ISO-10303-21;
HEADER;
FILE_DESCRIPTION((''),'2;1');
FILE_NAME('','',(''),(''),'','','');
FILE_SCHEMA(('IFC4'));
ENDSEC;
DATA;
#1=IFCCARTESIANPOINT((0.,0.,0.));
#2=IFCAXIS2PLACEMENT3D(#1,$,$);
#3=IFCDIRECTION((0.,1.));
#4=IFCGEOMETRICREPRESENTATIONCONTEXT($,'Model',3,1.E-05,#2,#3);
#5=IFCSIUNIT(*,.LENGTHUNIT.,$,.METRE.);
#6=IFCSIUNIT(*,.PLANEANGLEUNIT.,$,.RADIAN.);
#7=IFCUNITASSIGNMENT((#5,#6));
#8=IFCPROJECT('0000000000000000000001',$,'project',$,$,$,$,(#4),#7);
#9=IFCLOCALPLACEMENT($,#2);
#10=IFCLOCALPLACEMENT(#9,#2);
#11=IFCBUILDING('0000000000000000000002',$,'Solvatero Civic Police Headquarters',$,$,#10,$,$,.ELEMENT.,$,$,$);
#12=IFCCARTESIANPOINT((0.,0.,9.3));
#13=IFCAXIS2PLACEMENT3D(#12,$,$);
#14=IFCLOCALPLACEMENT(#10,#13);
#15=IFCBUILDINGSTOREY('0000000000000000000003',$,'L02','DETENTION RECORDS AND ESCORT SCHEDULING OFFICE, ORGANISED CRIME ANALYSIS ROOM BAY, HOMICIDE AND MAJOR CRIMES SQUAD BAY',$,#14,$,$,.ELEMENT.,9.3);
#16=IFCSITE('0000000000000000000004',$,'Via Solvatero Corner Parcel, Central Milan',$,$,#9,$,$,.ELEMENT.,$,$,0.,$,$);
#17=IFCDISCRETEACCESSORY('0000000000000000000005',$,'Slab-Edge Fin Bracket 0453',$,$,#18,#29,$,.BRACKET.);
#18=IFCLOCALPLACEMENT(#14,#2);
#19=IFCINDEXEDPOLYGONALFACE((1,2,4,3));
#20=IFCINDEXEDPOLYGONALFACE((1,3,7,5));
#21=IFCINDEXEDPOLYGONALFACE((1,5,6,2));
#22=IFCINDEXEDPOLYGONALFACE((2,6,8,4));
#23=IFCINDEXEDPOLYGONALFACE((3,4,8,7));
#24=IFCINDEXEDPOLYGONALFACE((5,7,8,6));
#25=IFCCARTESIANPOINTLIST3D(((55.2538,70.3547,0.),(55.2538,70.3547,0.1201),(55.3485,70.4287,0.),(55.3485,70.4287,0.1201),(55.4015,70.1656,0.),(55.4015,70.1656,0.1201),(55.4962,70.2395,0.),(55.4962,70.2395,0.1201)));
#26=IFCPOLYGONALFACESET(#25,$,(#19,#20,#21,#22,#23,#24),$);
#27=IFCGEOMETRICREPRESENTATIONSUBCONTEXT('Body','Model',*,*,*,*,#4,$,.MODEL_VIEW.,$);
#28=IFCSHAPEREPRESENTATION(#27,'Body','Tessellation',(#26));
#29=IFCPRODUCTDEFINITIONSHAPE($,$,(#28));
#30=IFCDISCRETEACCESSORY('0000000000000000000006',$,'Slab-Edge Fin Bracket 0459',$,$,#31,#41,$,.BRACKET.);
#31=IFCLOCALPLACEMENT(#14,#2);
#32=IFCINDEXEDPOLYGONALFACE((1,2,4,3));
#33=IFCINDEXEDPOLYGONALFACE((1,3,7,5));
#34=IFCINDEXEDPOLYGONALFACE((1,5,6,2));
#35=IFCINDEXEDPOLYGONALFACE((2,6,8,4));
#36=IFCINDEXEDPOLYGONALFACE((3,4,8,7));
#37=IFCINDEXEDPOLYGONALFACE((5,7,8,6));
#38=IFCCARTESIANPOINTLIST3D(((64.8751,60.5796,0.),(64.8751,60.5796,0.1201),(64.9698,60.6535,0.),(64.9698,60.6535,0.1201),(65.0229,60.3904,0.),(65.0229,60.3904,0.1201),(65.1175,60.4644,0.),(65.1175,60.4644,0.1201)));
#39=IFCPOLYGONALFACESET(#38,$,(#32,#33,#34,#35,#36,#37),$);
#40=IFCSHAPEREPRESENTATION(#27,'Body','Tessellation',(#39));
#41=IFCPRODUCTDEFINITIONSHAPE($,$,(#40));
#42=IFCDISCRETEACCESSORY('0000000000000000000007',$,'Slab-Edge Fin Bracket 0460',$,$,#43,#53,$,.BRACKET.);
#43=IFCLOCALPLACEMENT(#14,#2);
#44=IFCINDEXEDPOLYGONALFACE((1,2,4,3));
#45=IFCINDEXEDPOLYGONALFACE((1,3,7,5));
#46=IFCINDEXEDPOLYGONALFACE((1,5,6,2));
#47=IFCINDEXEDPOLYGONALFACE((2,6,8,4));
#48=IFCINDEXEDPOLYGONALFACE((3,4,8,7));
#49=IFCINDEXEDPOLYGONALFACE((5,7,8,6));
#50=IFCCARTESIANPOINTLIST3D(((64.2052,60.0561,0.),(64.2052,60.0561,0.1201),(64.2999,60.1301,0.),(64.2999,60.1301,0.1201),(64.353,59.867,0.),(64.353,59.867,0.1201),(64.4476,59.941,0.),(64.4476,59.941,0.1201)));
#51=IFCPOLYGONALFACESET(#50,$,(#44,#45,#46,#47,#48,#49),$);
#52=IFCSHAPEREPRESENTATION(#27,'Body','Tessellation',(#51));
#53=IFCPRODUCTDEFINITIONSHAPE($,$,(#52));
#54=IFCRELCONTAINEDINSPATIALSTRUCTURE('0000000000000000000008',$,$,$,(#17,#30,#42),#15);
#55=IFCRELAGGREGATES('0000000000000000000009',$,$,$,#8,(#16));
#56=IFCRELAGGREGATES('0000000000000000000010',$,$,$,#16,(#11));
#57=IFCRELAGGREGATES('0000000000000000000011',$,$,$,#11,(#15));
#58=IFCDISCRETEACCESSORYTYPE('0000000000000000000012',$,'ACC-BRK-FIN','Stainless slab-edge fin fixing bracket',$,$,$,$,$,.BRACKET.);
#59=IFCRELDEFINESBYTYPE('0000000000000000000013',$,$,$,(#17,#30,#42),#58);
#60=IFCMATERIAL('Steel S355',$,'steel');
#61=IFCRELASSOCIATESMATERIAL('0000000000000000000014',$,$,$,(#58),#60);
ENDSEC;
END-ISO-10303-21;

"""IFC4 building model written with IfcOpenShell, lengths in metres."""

from ifc_helpers import new_model, si_unit, direction, frame, origin, origin_2d, place, context, subcontext, project, spatial, rectangle, extrude, material, type_object, element, save


model = new_model("IFC4")

# Units and contexts
model_context = context("Model", 3, precision=1e-05, world=origin(), true_north=direction((0.0, 1.0)))
body_context = subcontext(model_context, "Body", "Model", "MODEL_VIEW")
ifc_project = project(units=[si_unit("LENGTHUNIT", "METRE"), si_unit("PLANEANGLEUNIT", "RADIAN")], contexts=[model_context])

# Site, building, storey
site_placement = place(None, origin())
site = spatial("IfcSite", under=ifc_project, at=site_placement, Name="Via Solvatero Corner Parcel, Central Milan", CompositionType="ELEMENT", RefElevation=0.0)
building_placement = place(site_placement, origin())
building = spatial("IfcBuilding", under=site, at=building_placement, Name="Solvatero Civic Police Headquarters", CompositionType="ELEMENT")
storey_placement = place(building_placement, frame((0.0, 0.0, 9.3)))
storey = spatial("IfcBuildingStorey", under=building, at=storey_placement, Name="L02", Description="DETENTION RECORDS AND ESCORT SCHEDULING OFFICE, ORGANISED CRIME ANALYSIS ROOM BAY, HOMICIDE AND MAJOR CRIMES SQUAD BAY", CompositionType="ELEMENT", Elevation=9.3)

# Shared definitions
ifc_material_1 = material(Name="Steel S355", Category="steel")

# Discrete accessories
discrete_accessory_type = type_object("IfcDiscreteAccessoryType", Name="ACC-BRK-FIN", Description="Stainless slab-edge fin fixing bracket", PredefinedType="BRACKET", material=ifc_material_1)
for number, where, z_axis, x_axis, name in (
    (1, (55.375, 70.2971, 0.0), (0.0, 0.0, 1.0), (-0.788021, -0.615648, 0.0), "Slab-Edge Fin Bracket 0453"),
    (2, (64.9963, 60.522, 0.0), (0.0, 0.0, 1.0), (-0.788011, -0.615661, 0.0), "Slab-Edge Fin Bracket 0459"),
    (3, (64.3264, 59.9985, 0.0), (0.0, 0.0, 1.0), (-0.788011, -0.615661, 0.0), "Slab-Edge Fin Bracket 0460"),
):
    element("IfcDiscreteAccessory", number, at=place(storey_placement, frame(where, z_axis=z_axis, x_axis=x_axis)), inside=storey, type_object=discrete_accessory_type, Name=name, PredefinedType="BRACKET", context=body_context, shape_type="SweptSolid", body=[
        extrude(rectangle(XDim=0.1201, YDim=0.24, at=origin_2d()), origin(), (0.0, 0.0, 1.0), 0.1201),
    ])

save(model, "model.ifc")
